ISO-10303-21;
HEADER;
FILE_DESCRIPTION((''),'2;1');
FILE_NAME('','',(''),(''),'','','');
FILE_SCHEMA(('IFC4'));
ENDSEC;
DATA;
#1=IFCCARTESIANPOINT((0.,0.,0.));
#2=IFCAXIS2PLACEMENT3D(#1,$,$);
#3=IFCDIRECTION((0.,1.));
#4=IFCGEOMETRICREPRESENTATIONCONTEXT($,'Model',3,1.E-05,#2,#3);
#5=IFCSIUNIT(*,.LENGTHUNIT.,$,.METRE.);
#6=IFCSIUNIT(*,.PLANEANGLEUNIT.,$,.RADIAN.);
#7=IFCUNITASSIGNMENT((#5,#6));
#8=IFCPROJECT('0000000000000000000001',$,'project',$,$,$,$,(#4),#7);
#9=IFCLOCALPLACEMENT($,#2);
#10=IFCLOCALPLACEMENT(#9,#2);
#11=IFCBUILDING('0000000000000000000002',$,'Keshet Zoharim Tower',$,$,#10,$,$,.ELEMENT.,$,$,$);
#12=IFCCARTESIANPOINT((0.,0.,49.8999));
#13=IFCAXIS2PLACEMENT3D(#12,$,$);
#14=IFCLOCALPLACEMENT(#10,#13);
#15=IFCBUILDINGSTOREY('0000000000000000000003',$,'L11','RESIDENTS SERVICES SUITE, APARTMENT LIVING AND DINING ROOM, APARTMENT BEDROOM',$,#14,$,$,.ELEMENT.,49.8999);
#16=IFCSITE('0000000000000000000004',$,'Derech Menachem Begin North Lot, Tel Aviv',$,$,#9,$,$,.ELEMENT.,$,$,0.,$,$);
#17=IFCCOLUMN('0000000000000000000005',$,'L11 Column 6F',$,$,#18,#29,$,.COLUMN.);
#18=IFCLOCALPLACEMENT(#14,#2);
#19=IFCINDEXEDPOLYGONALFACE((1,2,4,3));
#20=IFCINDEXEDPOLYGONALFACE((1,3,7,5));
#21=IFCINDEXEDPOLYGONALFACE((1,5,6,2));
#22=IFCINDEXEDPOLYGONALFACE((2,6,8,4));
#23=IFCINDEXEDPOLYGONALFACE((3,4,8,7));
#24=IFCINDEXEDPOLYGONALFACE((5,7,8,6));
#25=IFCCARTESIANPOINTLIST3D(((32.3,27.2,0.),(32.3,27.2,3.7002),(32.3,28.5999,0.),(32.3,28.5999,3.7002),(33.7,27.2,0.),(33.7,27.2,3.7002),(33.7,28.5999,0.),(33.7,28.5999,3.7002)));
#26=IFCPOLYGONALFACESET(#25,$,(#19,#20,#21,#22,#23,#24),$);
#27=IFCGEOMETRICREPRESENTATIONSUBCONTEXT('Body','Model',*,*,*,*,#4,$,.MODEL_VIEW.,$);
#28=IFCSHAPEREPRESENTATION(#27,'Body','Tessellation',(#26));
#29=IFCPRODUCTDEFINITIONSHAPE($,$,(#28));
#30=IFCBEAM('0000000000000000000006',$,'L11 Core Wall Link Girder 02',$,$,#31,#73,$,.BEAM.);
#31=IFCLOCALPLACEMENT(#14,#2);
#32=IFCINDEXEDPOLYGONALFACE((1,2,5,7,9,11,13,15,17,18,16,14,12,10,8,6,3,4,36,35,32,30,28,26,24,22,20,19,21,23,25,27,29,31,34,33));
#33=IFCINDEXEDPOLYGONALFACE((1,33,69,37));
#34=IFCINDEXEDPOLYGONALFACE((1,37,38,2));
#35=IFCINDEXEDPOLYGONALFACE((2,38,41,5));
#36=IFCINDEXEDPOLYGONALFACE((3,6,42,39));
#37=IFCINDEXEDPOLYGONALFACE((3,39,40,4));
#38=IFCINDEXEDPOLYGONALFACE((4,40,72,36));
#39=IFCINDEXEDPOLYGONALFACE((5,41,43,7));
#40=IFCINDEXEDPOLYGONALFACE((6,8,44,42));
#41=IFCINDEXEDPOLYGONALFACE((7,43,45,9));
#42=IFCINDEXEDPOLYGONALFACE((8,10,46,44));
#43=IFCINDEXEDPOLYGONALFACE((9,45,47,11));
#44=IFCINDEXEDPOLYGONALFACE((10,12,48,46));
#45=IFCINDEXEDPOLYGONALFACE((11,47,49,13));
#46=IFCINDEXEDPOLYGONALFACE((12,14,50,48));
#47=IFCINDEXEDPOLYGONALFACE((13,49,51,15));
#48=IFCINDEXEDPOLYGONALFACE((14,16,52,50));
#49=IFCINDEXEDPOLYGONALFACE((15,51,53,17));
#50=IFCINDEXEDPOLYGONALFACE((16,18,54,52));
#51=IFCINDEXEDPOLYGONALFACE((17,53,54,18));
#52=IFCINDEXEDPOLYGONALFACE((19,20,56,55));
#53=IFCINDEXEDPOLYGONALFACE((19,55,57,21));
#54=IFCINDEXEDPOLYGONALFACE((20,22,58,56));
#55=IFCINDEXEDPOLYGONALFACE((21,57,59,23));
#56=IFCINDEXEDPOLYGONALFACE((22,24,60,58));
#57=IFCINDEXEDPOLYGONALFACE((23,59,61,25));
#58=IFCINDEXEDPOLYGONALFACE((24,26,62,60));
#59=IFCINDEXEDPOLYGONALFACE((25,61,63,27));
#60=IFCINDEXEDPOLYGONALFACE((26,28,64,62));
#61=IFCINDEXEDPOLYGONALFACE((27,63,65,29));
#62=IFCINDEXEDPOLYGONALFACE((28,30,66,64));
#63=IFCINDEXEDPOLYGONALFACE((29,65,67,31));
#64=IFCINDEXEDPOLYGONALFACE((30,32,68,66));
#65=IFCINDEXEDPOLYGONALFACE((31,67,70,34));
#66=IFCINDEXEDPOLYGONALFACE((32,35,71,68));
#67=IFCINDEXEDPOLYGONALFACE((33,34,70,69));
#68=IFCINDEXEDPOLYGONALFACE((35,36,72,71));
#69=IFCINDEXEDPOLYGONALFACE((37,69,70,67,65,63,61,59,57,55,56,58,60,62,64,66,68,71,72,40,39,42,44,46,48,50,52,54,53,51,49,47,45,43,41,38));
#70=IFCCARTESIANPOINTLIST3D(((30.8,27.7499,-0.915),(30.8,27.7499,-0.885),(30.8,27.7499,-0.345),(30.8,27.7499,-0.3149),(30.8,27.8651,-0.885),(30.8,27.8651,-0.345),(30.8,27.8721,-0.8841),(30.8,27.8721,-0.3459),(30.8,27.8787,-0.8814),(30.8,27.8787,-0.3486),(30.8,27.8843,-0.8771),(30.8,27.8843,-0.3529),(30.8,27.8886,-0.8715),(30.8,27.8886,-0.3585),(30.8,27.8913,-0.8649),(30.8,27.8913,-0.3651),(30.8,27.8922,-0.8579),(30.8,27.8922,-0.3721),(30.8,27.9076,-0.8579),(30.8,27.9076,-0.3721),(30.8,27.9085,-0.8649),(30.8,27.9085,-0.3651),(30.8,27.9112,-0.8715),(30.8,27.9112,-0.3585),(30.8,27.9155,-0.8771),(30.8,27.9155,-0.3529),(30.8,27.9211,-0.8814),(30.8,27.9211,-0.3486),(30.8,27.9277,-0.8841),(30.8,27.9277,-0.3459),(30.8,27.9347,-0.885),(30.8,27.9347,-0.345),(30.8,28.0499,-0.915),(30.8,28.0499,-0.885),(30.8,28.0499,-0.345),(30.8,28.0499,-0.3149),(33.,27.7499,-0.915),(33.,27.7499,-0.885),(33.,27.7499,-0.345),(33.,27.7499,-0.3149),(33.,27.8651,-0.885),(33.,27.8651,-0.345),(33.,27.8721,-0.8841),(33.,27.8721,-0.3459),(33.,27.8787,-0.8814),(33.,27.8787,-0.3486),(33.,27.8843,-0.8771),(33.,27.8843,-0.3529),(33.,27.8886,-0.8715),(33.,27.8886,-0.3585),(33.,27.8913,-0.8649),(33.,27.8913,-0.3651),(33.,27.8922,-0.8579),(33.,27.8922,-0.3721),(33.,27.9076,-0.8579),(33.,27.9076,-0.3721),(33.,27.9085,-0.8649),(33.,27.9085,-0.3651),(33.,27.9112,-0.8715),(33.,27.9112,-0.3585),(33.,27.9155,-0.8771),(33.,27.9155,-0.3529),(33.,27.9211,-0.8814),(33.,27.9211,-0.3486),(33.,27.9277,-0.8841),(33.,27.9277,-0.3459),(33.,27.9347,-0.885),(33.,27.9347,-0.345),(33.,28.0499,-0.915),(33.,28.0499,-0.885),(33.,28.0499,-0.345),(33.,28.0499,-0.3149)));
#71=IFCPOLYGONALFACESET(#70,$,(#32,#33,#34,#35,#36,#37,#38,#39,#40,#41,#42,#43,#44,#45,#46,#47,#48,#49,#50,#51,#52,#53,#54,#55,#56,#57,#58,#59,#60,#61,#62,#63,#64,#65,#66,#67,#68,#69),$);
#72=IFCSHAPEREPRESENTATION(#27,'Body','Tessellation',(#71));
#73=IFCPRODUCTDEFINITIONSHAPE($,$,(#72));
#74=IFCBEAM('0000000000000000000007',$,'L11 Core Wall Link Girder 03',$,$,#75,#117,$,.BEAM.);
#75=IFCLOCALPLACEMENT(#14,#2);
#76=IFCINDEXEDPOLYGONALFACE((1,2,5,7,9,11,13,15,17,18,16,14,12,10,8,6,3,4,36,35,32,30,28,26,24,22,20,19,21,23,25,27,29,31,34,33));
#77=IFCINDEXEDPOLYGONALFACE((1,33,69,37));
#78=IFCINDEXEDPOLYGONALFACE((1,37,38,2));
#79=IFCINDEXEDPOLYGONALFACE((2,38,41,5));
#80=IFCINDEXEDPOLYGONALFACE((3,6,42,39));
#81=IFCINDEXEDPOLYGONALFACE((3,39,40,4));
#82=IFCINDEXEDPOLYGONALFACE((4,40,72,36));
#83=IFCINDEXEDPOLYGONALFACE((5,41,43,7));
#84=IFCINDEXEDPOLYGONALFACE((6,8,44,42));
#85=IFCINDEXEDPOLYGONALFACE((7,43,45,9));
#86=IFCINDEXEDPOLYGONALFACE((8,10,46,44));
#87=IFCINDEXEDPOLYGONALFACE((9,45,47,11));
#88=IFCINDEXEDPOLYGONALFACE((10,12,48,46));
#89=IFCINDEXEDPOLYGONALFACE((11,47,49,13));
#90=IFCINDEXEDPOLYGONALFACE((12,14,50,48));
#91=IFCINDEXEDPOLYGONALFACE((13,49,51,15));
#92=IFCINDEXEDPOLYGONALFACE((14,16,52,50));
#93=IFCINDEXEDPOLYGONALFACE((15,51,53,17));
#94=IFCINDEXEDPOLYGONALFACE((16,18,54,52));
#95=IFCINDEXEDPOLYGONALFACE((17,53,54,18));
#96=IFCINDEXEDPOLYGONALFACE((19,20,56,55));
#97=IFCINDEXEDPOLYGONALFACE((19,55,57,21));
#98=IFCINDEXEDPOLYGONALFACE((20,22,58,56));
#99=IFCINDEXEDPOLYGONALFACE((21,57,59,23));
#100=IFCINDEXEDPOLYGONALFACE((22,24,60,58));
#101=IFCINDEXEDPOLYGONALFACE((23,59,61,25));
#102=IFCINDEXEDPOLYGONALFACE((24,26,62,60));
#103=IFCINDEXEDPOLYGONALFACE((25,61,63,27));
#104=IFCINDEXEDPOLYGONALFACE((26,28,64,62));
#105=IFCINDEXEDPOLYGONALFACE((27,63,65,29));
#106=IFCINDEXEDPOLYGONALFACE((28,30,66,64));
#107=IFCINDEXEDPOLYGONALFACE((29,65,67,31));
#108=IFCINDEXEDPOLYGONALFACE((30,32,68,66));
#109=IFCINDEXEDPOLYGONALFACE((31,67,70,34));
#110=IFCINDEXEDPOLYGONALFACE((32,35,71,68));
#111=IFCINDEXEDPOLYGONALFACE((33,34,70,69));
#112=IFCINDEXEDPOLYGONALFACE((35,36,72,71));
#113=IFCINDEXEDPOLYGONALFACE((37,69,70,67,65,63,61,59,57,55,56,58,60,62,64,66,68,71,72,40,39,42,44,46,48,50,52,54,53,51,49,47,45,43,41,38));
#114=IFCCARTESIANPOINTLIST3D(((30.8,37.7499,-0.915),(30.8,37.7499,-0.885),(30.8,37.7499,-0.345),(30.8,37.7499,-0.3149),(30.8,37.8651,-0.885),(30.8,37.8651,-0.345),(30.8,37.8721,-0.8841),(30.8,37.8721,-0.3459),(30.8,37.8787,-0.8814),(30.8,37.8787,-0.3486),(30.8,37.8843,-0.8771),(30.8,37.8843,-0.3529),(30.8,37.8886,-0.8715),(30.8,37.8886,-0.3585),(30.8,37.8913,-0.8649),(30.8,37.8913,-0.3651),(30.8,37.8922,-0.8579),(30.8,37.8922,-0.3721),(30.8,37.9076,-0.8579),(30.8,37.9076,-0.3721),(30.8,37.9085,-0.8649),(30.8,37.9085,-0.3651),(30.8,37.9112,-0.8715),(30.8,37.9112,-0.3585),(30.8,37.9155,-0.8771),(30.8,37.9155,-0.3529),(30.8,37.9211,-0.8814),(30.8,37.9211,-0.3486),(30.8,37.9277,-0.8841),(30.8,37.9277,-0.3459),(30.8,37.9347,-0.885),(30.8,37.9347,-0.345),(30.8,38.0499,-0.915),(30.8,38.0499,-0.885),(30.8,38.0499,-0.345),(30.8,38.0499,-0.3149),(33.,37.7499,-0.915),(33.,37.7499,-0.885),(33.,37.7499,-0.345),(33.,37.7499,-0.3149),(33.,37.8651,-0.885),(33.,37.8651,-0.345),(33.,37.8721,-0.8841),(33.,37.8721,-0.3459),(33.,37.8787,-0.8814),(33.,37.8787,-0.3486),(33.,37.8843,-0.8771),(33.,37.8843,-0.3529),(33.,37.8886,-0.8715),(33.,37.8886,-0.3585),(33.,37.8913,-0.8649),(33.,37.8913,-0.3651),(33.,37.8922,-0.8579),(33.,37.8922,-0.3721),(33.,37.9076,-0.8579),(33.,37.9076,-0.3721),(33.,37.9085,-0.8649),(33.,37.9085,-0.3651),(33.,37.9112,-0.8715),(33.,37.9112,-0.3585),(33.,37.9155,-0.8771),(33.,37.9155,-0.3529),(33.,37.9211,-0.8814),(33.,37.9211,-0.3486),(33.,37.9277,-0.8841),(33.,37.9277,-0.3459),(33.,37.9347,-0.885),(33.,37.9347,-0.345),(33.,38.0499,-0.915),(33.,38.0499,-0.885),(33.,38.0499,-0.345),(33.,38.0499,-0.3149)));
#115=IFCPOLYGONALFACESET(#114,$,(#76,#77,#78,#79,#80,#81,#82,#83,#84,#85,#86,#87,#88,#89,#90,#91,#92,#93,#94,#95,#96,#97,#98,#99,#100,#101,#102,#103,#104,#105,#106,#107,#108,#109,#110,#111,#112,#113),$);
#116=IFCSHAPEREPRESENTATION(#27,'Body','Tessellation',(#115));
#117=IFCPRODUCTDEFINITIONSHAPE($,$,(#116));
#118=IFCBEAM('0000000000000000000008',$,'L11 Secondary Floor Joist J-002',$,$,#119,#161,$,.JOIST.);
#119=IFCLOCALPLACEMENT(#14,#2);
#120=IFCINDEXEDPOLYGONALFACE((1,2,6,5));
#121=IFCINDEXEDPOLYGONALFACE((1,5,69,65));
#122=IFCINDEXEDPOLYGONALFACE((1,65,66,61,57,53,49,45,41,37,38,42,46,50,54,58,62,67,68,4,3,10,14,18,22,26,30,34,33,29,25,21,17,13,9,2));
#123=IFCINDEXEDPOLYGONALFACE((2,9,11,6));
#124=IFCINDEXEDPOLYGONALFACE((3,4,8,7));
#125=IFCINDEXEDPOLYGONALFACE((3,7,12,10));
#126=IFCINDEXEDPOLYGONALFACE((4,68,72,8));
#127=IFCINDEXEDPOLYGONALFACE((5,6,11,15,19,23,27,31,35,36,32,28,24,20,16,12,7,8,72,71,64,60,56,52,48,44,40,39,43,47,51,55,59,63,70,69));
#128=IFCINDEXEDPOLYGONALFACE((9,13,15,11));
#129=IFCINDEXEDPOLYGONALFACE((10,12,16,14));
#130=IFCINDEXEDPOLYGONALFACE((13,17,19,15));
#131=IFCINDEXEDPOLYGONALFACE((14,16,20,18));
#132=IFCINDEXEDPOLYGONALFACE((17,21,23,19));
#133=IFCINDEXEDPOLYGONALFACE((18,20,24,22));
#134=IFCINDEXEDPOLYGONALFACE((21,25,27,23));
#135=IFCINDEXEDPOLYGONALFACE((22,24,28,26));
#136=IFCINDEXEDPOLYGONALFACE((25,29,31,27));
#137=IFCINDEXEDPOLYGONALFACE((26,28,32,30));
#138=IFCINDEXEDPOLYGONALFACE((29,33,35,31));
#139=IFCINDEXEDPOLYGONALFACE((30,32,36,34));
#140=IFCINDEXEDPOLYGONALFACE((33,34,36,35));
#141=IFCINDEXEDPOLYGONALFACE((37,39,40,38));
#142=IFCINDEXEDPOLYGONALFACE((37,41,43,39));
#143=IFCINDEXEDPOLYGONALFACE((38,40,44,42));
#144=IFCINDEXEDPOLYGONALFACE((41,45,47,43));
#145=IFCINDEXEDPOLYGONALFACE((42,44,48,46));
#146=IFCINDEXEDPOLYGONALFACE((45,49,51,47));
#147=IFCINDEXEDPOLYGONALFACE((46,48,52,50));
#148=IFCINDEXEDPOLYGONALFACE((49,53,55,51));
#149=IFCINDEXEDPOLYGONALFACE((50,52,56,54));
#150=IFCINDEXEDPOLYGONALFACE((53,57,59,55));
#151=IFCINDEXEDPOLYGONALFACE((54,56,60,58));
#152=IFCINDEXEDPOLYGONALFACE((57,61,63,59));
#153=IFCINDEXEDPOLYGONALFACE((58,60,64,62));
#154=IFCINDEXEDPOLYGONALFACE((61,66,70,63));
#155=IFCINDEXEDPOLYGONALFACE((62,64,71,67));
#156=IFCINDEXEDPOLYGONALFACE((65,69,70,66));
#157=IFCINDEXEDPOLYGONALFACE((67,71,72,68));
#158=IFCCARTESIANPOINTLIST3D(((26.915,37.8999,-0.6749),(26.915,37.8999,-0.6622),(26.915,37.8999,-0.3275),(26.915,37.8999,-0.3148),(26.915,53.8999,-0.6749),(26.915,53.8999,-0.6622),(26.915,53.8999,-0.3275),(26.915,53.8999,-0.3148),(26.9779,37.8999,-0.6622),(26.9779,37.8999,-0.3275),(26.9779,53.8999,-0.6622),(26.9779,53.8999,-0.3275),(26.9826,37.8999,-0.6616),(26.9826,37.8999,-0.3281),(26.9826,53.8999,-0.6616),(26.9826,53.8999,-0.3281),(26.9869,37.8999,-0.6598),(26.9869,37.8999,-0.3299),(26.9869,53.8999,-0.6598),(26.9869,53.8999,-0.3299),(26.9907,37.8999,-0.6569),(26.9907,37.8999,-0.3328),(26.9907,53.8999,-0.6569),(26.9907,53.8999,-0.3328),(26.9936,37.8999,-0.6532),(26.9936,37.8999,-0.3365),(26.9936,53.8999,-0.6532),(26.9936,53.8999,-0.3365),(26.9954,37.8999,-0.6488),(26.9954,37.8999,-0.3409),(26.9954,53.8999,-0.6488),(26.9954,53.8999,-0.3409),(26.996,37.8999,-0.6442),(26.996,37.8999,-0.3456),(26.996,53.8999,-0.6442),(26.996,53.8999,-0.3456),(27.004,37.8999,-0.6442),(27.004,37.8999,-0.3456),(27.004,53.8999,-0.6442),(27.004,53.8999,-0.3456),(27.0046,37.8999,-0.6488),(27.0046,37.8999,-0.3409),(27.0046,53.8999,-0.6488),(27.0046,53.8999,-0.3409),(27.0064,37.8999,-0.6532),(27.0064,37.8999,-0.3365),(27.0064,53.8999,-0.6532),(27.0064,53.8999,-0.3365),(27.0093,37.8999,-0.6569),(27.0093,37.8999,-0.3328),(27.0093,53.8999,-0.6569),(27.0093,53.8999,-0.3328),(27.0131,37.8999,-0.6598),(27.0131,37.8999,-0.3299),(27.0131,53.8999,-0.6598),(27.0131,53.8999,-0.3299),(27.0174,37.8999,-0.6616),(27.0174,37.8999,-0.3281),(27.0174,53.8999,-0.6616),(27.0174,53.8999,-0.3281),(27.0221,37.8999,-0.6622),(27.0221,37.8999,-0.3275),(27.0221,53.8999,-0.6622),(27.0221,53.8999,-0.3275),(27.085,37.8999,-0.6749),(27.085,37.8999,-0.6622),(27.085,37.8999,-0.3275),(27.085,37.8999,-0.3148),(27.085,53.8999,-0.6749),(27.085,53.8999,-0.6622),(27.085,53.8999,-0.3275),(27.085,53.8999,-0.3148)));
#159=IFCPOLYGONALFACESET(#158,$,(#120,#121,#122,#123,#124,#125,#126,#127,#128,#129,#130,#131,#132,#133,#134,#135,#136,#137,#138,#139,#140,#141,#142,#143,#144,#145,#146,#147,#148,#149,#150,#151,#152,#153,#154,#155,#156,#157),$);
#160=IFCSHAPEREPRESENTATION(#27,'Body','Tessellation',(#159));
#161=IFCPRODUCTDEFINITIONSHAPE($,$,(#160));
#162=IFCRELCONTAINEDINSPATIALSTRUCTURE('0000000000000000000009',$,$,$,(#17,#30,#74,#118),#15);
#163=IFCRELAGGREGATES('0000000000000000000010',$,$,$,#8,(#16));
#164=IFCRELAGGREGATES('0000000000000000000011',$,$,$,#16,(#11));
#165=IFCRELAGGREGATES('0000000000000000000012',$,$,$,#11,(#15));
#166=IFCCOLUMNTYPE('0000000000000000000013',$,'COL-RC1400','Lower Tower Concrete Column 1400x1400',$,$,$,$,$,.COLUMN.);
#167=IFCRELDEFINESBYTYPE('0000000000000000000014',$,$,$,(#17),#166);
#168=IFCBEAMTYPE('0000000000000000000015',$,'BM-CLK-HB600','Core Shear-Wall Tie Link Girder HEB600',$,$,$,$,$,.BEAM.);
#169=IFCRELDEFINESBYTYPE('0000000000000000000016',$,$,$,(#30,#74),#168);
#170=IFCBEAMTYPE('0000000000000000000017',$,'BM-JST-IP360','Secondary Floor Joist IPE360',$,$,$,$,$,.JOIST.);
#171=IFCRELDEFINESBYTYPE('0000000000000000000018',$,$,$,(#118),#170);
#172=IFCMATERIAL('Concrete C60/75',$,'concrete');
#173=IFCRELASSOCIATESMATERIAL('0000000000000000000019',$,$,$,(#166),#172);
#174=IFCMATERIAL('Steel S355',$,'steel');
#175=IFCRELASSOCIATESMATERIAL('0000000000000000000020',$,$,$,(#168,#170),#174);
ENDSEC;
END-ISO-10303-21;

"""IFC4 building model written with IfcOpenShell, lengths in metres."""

from ifc_helpers import new_model, si_unit, direction, frame, origin, origin_2d, place, context, subcontext, project, spatial, rectangle, i_section, extrude, material, material_profile, profile_set, type_object, element, save


model = new_model("IFC4")

# Units and contexts
model_context = context("Model", 3, precision=1e-05, world=origin(), true_north=direction((0.0, 1.0)))
body_context = subcontext(model_context, "Body", "Model", "MODEL_VIEW")
ifc_project = project(units=[si_unit("LENGTHUNIT", "METRE"), si_unit("PLANEANGLEUNIT", "RADIAN")], contexts=[model_context])

# Site, building, storey
site_placement = place(None, origin())
site = spatial("IfcSite", under=ifc_project, at=site_placement, Name="Derech Menachem Begin North Lot, Tel Aviv", CompositionType="ELEMENT", RefElevation=0.0)
building_placement = place(site_placement, origin())
building = spatial("IfcBuilding", under=site, at=building_placement, Name="Keshet Zoharim Tower", CompositionType="ELEMENT")
storey_placement = place(building_placement, frame((0.0, 0.0, 49.8999)))
storey = spatial("IfcBuildingStorey", under=building, at=storey_placement, Name="L11", Description="RESIDENTS SERVICES SUITE, APARTMENT LIVING AND DINING ROOM, APARTMENT BEDROOM", CompositionType="ELEMENT", Elevation=49.8999)

# Column
ifc_material_1 = material(Name="Concrete C60/75", Category="concrete")
ifc_material_profile_1 = material_profile(ifc_material_1, rectangle(XDim=1.3999, YDim=1.3999, at=origin_2d()), Name="RC1400x1400")
ifc_profile_set_1 = profile_set([ifc_material_profile_1], Name="Concrete C60/75")
column_type = type_object("IfcColumnType", Name="COL-RC1400", Description="Lower Tower Concrete Column 1400x1400", PredefinedType="COLUMN", material=ifc_profile_set_1)
column_placement = place(storey_placement, frame((33.0, 27.8999, 0.0), z_axis=(0.0, 0.0, 1.0), x_axis=(1.0, 0.0, 0.0)))
element("IfcColumn", 1, at=column_placement, inside=storey, type_object=column_type, Name="L11 Column 6F", PredefinedType="COLUMN", context=body_context, shape_type="SweptSolid", body=[
    extrude(rectangle(XDim=1.3999, YDim=1.3999, at=origin_2d()), origin(), (0.0, 0.0, 1.0), 3.7002),
])

# Beams
ifc_material_2 = material(Name="Steel S355", Category="steel")
ifc_material_profile_2 = material_profile(ifc_material_2, i_section(OverallWidth=0.3, OverallDepth=0.6001, WebThickness=0.0154, FlangeThickness=0.03, FilletRadius=0.0271, at=origin_2d()), Name="HEB600")
ifc_profile_set_2 = profile_set([ifc_material_profile_2], Name="Steel S355")
beam_type_1 = type_object("IfcBeamType", Name="BM-CLK-HB600", Description="Core Shear-Wall Tie Link Girder HEB600", PredefinedType="BEAM", material=ifc_profile_set_2)
for number, where, z_axis, x_axis, name in (
    (2, (30.8, 27.8999, -0.615), (1.0, 0.0, 0.0), (0.0, 1.0, 0.0), "L11 Core Wall Link Girder 02"),
    (3, (30.8, 37.8999, -0.615), (1.0, 0.0, 0.0), (0.0, 1.0, 0.0), "L11 Core Wall Link Girder 03"),
):
    element("IfcBeam", number, at=place(storey_placement, frame(where, z_axis=z_axis, x_axis=x_axis)), inside=storey, type_object=beam_type_1, Name=name, PredefinedType="BEAM", context=body_context, shape_type="SweptSolid", body=[
        extrude(i_section(OverallWidth=0.3, OverallDepth=0.6001, WebThickness=0.0154, FlangeThickness=0.03, FilletRadius=0.0271, at=origin_2d()), origin(), (0.0, 0.0, 1.0), 2.2),
    ])
ifc_material_profile_3 = material_profile(ifc_material_2, i_section(OverallWidth=0.1699, OverallDepth=0.3601, WebThickness=0.0081, FlangeThickness=0.0127, FilletRadius=0.0181, at=origin_2d()), Name="IPE360")
ifc_profile_set_3 = profile_set([ifc_material_profile_3], Name="Steel S355")
beam_type_2 = type_object("IfcBeamType", Name="BM-JST-IP360", Description="Secondary Floor Joist IPE360", PredefinedType="JOIST", material=ifc_profile_set_3)
beam_1_placement = place(storey_placement, frame((27.0, 37.8999, -0.4949), z_axis=(0.0, 1.0, 0.0), x_axis=(-1.0, 0.0, 0.0)))
element("IfcBeam", 4, at=beam_1_placement, inside=storey, type_object=beam_type_2, Name="L11 Secondary Floor Joist J-002", PredefinedType="JOIST", context=body_context, shape_type="SweptSolid", body=[
    extrude(i_section(OverallWidth=0.1699, OverallDepth=0.3601, WebThickness=0.0081, FlangeThickness=0.0127, FilletRadius=0.0181, at=origin_2d()), origin(), (0.0, 0.0, 1.0), 16.0),
])

save(model, "model.ifc")
